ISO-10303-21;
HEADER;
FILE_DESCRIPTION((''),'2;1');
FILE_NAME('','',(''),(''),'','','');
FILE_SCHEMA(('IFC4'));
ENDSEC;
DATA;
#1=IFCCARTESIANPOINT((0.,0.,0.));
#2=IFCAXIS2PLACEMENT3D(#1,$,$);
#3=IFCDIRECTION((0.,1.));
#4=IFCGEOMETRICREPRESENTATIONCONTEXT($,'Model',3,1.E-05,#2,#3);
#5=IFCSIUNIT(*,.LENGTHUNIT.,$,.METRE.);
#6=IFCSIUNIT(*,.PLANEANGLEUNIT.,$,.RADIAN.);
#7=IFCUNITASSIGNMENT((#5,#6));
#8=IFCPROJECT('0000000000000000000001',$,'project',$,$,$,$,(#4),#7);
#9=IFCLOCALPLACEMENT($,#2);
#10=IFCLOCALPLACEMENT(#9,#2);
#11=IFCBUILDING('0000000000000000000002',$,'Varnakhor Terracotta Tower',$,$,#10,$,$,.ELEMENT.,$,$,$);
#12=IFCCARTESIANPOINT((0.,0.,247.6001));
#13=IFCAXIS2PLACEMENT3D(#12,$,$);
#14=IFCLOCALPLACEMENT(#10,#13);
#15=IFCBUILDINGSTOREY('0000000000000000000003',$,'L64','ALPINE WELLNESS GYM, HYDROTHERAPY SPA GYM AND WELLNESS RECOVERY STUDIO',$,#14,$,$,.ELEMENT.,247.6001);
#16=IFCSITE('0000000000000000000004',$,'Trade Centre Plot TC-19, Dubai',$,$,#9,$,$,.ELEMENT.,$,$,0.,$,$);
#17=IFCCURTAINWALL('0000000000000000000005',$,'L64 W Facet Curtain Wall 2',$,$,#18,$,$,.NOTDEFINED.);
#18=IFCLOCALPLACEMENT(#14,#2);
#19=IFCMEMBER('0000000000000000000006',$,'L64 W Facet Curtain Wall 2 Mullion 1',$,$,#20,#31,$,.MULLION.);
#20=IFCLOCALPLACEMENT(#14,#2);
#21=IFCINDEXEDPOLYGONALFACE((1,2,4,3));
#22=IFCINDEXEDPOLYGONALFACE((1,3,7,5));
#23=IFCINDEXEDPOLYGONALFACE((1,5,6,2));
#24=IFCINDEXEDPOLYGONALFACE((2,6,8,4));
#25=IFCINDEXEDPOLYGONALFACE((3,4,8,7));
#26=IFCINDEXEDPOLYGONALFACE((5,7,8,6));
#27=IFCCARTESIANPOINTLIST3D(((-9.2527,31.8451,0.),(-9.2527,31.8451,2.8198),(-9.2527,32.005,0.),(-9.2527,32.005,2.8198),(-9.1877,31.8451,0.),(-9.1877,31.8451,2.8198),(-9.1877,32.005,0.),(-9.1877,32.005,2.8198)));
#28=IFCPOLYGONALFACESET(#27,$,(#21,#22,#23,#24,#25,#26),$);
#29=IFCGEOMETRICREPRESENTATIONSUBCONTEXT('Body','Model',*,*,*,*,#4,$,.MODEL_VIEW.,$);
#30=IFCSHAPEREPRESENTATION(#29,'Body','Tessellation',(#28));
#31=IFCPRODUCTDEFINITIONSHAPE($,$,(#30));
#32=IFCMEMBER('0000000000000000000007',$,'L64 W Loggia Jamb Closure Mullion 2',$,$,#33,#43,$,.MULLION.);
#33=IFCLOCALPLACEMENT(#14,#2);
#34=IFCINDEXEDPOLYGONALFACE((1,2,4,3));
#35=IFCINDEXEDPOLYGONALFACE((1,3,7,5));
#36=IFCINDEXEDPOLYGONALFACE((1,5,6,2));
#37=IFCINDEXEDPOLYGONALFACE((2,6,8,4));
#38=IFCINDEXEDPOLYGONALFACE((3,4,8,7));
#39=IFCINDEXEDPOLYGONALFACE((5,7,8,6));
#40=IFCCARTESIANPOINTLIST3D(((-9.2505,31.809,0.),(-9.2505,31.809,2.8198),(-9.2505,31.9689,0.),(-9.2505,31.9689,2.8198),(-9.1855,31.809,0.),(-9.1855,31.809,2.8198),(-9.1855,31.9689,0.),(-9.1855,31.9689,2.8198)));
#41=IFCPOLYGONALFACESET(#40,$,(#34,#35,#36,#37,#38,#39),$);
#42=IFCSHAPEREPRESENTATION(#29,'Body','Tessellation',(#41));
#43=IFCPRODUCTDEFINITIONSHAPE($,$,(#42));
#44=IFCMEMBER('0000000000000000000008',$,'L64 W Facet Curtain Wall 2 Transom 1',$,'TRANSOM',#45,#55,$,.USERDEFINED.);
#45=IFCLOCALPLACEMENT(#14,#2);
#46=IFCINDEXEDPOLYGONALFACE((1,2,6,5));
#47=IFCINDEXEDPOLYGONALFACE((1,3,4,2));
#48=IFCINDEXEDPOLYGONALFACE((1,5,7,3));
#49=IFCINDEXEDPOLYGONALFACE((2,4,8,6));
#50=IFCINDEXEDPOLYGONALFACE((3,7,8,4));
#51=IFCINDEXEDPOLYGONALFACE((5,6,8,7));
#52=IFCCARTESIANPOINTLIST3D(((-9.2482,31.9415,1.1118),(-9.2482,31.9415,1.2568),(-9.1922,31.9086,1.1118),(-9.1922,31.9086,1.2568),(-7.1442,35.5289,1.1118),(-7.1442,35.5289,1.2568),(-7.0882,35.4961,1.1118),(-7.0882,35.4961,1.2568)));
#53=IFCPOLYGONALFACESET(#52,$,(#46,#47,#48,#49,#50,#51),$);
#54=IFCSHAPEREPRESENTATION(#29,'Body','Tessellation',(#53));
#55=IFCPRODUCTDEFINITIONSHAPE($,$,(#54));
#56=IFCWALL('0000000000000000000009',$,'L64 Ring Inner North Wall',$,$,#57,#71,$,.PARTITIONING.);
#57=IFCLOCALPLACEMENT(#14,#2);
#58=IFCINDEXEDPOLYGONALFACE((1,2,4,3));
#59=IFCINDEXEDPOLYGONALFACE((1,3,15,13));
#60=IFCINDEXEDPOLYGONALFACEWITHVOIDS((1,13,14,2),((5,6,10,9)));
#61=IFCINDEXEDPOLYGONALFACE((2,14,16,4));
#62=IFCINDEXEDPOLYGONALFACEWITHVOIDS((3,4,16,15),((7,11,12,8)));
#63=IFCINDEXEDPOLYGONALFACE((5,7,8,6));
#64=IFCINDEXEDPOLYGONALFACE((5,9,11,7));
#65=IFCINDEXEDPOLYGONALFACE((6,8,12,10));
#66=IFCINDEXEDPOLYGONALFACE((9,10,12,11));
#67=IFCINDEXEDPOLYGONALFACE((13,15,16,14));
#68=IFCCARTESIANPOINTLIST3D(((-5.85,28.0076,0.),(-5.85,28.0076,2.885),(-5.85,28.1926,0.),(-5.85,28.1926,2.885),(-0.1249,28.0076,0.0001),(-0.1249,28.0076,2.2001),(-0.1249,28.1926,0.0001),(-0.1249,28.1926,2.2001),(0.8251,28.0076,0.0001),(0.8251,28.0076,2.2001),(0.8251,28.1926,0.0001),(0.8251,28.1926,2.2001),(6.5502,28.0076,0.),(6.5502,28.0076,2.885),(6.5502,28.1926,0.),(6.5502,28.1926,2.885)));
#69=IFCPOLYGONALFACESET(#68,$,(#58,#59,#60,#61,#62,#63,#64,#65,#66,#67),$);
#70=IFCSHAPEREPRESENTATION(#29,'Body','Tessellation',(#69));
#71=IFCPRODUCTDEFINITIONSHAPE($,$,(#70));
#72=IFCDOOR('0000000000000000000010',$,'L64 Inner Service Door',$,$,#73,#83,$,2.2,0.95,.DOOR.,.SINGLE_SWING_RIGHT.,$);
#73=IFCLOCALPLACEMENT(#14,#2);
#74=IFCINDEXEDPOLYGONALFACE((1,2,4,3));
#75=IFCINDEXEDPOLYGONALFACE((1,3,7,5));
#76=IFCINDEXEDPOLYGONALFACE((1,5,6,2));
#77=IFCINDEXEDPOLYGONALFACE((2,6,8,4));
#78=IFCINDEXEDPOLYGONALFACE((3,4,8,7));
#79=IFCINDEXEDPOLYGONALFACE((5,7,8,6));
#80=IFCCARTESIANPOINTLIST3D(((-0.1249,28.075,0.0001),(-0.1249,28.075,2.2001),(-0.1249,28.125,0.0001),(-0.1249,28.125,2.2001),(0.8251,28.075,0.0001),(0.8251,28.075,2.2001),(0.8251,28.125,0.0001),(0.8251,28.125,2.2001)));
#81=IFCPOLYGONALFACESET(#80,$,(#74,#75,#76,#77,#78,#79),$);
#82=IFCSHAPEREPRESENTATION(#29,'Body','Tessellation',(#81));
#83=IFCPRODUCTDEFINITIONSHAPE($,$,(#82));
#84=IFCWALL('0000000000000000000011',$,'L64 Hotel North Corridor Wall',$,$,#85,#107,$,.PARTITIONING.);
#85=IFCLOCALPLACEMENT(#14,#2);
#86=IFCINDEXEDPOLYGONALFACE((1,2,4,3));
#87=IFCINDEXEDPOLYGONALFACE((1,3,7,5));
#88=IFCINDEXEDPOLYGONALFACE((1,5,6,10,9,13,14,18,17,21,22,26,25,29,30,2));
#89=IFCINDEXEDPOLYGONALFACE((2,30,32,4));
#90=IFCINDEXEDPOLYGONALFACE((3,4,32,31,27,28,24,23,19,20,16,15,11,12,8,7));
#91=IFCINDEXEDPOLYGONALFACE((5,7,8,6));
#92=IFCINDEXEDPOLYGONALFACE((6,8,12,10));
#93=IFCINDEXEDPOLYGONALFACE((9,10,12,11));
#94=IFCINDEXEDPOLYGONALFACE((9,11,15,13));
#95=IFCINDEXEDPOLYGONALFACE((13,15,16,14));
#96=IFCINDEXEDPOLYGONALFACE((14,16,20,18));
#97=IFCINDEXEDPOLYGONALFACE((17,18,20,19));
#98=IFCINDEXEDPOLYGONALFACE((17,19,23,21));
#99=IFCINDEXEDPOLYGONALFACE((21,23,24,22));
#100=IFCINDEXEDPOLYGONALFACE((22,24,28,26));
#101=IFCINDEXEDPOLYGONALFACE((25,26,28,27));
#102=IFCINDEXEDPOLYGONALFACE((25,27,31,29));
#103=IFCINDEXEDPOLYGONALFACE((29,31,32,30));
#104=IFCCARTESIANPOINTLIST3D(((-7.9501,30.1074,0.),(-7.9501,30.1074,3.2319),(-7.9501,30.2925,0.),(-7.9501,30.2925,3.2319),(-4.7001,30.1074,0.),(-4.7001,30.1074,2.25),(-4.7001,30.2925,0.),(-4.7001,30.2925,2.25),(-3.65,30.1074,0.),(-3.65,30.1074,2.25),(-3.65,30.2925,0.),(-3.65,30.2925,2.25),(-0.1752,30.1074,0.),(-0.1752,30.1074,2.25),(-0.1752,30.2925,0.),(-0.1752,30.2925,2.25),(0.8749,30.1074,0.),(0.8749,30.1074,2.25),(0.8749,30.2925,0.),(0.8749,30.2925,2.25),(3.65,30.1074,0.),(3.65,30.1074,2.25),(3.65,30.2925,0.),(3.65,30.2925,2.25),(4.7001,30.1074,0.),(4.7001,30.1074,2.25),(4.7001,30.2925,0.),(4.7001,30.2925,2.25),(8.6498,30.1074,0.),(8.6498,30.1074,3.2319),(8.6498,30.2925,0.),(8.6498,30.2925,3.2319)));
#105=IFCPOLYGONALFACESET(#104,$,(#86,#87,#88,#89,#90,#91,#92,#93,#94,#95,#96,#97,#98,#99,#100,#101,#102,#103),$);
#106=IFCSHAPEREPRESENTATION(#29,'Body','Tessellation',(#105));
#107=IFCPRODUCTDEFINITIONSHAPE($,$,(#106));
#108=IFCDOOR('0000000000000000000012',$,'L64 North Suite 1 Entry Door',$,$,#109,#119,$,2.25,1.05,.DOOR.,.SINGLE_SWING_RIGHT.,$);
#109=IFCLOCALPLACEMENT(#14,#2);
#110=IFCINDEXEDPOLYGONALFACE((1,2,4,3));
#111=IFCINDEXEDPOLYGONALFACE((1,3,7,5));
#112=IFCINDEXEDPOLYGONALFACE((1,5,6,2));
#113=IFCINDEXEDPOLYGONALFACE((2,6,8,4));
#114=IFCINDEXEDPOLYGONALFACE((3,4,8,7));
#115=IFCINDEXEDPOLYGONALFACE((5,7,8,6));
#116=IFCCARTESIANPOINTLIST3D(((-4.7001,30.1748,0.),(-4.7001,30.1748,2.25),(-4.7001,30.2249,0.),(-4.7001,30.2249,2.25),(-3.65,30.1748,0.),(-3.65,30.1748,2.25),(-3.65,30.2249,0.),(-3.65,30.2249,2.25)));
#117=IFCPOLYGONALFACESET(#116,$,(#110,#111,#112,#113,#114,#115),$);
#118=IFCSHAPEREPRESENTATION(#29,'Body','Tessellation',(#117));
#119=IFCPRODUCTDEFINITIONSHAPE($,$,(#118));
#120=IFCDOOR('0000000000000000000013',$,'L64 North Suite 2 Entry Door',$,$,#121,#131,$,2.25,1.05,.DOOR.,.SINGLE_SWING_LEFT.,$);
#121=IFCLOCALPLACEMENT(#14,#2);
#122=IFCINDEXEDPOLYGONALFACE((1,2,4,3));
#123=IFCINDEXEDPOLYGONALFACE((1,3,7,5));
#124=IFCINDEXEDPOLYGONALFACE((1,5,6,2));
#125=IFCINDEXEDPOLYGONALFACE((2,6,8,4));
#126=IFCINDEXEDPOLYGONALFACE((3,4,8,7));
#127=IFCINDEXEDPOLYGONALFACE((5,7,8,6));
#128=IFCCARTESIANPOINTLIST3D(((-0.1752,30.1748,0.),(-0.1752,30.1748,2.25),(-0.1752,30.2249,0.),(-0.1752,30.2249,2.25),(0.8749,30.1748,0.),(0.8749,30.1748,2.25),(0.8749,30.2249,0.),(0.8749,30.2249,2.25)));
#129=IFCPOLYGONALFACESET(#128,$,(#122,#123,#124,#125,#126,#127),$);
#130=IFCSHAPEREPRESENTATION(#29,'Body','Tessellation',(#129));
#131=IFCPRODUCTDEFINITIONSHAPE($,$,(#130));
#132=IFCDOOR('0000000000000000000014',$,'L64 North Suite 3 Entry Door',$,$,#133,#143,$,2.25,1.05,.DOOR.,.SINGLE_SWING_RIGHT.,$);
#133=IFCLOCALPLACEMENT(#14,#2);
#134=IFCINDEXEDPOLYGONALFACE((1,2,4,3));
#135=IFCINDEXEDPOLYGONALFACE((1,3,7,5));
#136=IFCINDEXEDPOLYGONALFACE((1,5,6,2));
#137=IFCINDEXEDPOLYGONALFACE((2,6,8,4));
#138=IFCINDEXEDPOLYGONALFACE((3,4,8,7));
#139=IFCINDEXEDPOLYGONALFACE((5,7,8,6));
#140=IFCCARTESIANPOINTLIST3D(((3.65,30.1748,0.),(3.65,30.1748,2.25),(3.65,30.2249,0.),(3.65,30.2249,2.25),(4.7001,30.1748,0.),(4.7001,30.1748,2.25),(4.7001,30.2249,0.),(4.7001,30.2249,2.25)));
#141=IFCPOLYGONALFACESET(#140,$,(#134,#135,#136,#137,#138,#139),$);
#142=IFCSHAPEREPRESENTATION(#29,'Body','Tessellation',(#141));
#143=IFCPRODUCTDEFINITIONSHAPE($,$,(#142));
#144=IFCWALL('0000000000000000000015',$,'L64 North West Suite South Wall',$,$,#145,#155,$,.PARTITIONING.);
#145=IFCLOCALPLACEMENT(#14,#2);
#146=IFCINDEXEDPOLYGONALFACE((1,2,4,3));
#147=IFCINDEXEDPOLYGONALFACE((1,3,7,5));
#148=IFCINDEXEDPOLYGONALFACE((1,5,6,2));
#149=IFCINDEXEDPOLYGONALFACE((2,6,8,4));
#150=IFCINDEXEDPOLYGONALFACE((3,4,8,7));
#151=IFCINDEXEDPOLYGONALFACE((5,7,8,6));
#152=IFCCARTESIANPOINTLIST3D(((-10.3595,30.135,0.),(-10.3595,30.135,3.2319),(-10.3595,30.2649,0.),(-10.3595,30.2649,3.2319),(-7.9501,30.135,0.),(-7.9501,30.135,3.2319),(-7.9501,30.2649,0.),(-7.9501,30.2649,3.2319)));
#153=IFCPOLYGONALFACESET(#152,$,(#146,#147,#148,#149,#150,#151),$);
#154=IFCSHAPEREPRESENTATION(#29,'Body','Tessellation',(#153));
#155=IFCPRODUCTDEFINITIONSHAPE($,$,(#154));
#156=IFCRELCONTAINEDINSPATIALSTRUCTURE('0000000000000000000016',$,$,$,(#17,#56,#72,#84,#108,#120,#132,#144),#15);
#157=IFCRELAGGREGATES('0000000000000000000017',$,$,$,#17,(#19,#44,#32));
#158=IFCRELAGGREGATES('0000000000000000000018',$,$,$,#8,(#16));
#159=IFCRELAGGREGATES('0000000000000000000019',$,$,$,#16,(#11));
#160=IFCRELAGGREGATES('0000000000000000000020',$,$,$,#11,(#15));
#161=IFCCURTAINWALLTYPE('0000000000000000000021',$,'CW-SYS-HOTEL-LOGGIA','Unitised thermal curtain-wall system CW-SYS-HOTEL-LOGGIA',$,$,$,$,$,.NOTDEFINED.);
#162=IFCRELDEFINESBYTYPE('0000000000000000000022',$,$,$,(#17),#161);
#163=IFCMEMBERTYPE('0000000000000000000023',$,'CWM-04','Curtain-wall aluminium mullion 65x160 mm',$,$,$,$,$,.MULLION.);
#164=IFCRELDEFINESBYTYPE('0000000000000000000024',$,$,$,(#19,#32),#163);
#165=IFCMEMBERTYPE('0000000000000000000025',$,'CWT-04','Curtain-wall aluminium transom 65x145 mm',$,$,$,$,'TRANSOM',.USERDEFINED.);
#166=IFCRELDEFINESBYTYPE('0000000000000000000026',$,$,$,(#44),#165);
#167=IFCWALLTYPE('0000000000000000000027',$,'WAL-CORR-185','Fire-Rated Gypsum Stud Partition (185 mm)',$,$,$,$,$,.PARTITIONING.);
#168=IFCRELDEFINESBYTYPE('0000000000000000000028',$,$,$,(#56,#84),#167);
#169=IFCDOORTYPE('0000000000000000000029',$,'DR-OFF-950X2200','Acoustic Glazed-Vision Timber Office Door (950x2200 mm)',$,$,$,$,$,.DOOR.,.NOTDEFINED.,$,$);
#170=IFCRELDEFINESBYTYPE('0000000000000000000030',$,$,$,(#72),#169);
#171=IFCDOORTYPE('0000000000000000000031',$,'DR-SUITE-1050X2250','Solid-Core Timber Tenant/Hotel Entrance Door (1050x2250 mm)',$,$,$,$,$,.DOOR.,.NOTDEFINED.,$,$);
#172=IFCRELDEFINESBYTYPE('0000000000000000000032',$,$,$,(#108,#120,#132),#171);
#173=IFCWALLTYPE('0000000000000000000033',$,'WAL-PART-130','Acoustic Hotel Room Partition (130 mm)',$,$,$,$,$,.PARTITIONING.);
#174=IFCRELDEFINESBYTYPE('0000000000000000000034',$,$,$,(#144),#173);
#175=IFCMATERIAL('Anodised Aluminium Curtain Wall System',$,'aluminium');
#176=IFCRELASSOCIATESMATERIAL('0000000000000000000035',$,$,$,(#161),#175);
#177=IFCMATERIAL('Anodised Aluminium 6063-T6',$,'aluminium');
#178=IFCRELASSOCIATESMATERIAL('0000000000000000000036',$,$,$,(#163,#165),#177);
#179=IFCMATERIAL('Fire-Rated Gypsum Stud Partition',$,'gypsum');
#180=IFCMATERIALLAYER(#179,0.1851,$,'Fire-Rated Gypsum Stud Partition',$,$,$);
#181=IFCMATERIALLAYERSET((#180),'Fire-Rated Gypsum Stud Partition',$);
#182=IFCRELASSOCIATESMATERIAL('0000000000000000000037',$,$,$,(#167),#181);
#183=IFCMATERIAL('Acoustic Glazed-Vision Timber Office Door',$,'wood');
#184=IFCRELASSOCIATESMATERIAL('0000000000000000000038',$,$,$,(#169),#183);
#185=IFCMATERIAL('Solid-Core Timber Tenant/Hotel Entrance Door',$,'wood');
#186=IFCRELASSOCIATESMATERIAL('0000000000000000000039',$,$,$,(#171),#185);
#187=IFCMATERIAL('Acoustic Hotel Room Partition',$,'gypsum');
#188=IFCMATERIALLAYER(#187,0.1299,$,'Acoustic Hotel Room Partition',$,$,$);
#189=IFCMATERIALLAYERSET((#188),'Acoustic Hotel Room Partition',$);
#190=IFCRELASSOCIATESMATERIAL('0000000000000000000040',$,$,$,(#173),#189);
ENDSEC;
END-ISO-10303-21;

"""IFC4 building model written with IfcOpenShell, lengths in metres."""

from ifc_helpers import new_model, si_unit, direction, frame, frame_2d, origin, origin_2d, place, context, subcontext, project, spatial, rectangle, extrude, source, transform, mapped, material, layer, layer_set, material_profile, profile_set, type_object, type_shapes, element, fill, aggregate, save


model = new_model("IFC4")

# Units and contexts
model_context = context("Model", 3, precision=1e-05, world=origin(), true_north=direction((0.0, 1.0)))
body_context = subcontext(model_context, "Body", "Model", "MODEL_VIEW")
ifc_project = project(units=[si_unit("LENGTHUNIT", "METRE"), si_unit("PLANEANGLEUNIT", "RADIAN")], contexts=[model_context])

# Site, building, storey
site_placement = place(None, origin())
site = spatial("IfcSite", under=ifc_project, at=site_placement, Name="Trade Centre Plot TC-19, Dubai", CompositionType="ELEMENT", RefElevation=0.0)
building_placement = place(site_placement, origin())
building = spatial("IfcBuilding", under=site, at=building_placement, Name="Varnakhor Terracotta Tower", CompositionType="ELEMENT")
storey_placement = place(building_placement, frame((0.0, 0.0, 247.6001)))
storey = spatial("IfcBuildingStorey", under=building, at=storey_placement, Name="L64", Description="ALPINE WELLNESS GYM, HYDROTHERAPY SPA GYM AND WELLNESS RECOVERY STUDIO", CompositionType="ELEMENT", Elevation=247.6001)

# Curtain wall, members
ifc_material_1 = material(Name="Anodised Aluminium Curtain Wall System", Category="aluminium")
curtain_wall_type = type_object("IfcCurtainWallType", Name="CW-SYS-HOTEL-LOGGIA", Description="Unitised thermal curtain-wall system CW-SYS-HOTEL-LOGGIA", PredefinedType="NOTDEFINED", material=ifc_material_1)
curtain_wall_placement = place(storey_placement, origin())
curtain_wall = element("IfcCurtainWall", 1, at=curtain_wall_placement, inside=storey, type_object=curtain_wall_type, Name="L64 W Facet Curtain Wall 2", PredefinedType="NOTDEFINED")
ifc_material_2 = material(Name="Anodised Aluminium 6063-T6", Category="aluminium")
ifc_material_profile_1 = material_profile(ifc_material_2, rectangle(XDim=0.0649, YDim=0.1599, at=origin_2d()), Name="ALU MULLION 65x160")
ifc_profile_set_1 = profile_set([ifc_material_profile_1], Name="Anodised Aluminium 6063-T6")
member_type_1 = type_object("IfcMemberType", Name="CWM-04", Description="Curtain-wall aluminium mullion 65x160 mm", PredefinedType="MULLION", material=ifc_profile_set_1)
shared_shape_1 = source(origin(), body_context, "Body", "SweptSolid", [
    extrude(rectangle(XDim=0.0649, YDim=0.1599, at=origin_2d()), origin(), (0.0, 0.0, 1.0), 2.8198),
])
member_1_placement = place(storey_placement, frame((-9.2202, 31.925, 0.0), z_axis=(0.0, 0.0, 1.0), x_axis=(1.0, 0.0, 0.0)))
member_1 = element("IfcMember", 2, at=member_1_placement, type_object=member_type_1, Name="L64 W Facet Curtain Wall 2 Mullion 1", PredefinedType="MULLION", context=body_context, shape_type="MappedRepresentation", body=[
    mapped(shared_shape_1, transform((0.0, 0.0, 0.0), scale=1.0)),
])
member_2_placement = place(storey_placement, frame((-9.218, 31.8889, 0.0), z_axis=(0.0, 0.0, 1.0), x_axis=(1.0, 0.0, 0.0)))
member_2 = element("IfcMember", 3, at=member_2_placement, type_object=member_type_1, Name="L64 W Loggia Jamb Closure Mullion 2", PredefinedType="MULLION", context=body_context, shape_type="MappedRepresentation", body=[
    mapped(shared_shape_1, transform((0.0, 0.0, 0.0), scale=1.0)),
])
ifc_material_profile_2 = material_profile(ifc_material_2, rectangle(XDim=0.0649, YDim=0.145, at=origin_2d()), Name="ALU TRANSOM 65x145")
ifc_profile_set_2 = profile_set([ifc_material_profile_2], Name="Anodised Aluminium 6063-T6")
member_type_2 = type_object("IfcMemberType", Name="CWT-04", Description="Curtain-wall aluminium transom 65x145 mm", ElementType="TRANSOM", PredefinedType="USERDEFINED", material=ifc_profile_set_2)
shared_shape_2 = source(origin(), body_context, "Body", "SweptSolid", [
    extrude(rectangle(XDim=0.0649, YDim=0.145, at=origin_2d()), origin(), (0.0, 0.0, 1.0), 4.1589),
])
member_3_placement = place(storey_placement, frame((-9.2202, 31.925, 1.1843), z_axis=(0.505906, 0.862588, 0.0), x_axis=(-0.862588, 0.505906, 0.0)))
member_3 = element("IfcMember", 4, at=member_3_placement, type_object=member_type_2, Name="L64 W Facet Curtain Wall 2 Transom 1", ObjectType="TRANSOM", PredefinedType="USERDEFINED", context=body_context, shape_type="MappedRepresentation", body=[
    mapped(shared_shape_2, transform((0.0, 0.0, 0.0), scale=1.0)),
])
aggregate(curtain_wall, [member_1, member_3, member_2])

# Wall, opening, door
ifc_material_3 = material(Name="Fire-Rated Gypsum Stud Partition", Category="gypsum")
ifc_layer_1 = layer(ifc_material_3, 0.1851, Name="Fire-Rated Gypsum Stud Partition")
ifc_layer_set_1 = layer_set([ifc_layer_1], Name="Fire-Rated Gypsum Stud Partition")
wall_type_1 = type_object("IfcWallType", Name="WAL-CORR-185", Description="Fire-Rated Gypsum Stud Partition (185 mm)", PredefinedType="PARTITIONING", material=ifc_layer_set_1)
wall_1_placement = place(storey_placement, frame((-5.8501, 28.1001, 0.0), z_axis=(0.0, 0.0, 1.0), x_axis=(1.0, 0.0, 0.0)))
wall_1 = element("IfcWall", 5, at=wall_1_placement, inside=storey, type_object=wall_type_1, Name="L64 Ring Inner North Wall", PredefinedType="PARTITIONING", context=body_context, shape_type="SweptSolid", body=[
    extrude(rectangle(XDim=12.4001, YDim=0.1851, at=frame_2d((6.2002, 0.0))), origin(), (0.0, 0.0, 1.0), 2.885),
])
opening_1_placement = place(wall_1_placement, frame((5.7251, 0.0, 0.0)))
opening_1 = element("IfcOpeningElement", 6, at=opening_1_placement, cuts=wall_1, PredefinedType="OPENING", context=body_context, shape_type="SweptSolid", body=[
    extrude(rectangle(XDim=0.95, YDim=2.2, at=frame_2d((0.4751, 1.1001))), frame((0.0, 0.1025, 0.0), z_axis=(0.0, -1.0, 0.0), x_axis=(1.0, 0.0, 0.0)), (0.0, 0.0, 1.0), 0.2051),
])
ifc_material_4 = material(Name="Acoustic Glazed-Vision Timber Office Door", Category="wood")
door_type_1 = type_object("IfcDoorType", Name="DR-OFF-950X2200", Description="Acoustic Glazed-Vision Timber Office Door (950x2200 mm)", OperationType="NOTDEFINED", PredefinedType="DOOR", material=ifc_material_4)
shared_shape_3 = source(origin(), body_context, "Body", "SweptSolid", [
    extrude(rectangle(XDim=0.95, YDim=2.2, at=frame_2d((0.4751, 1.1001))), frame((0.0, 0.0249, 0.0), z_axis=(0.0, -1.0, 0.0), x_axis=(1.0, 0.0, 0.0)), (0.0, 0.0, 1.0), 0.05),
])
type_shapes(door_type_1, [shared_shape_3])
door_1_placement = place(opening_1_placement, origin())
door_1 = element("IfcDoor", 7, at=door_1_placement, inside=storey, type_object=door_type_1, Name="L64 Inner Service Door", OperationType="SINGLE_SWING_RIGHT", OverallHeight=2.2, OverallWidth=0.95, PredefinedType="DOOR", context=body_context, shape_type="MappedRepresentation", body=[
    mapped(shared_shape_3, transform((0.0, 0.0, 0.0), scale=1.0)),
])
fill(opening_1, door_1)

# Wall, openings, doors
wall_2_placement = place(storey_placement, frame((-7.95, 30.2, 0.0), z_axis=(0.0, 0.0, 1.0), x_axis=(1.0, 0.0, 0.0)))
wall_2 = element("IfcWall", 8, at=wall_2_placement, inside=storey, type_object=wall_type_1, Name="L64 Hotel North Corridor Wall", PredefinedType="PARTITIONING", context=body_context, shape_type="SweptSolid", body=[
    extrude(rectangle(XDim=16.5999, YDim=0.1851, at=frame_2d((8.2998, 0.0))), origin(), (0.0, 0.0, 1.0), 3.2319),
])
opening_2_placement = place(wall_2_placement, frame((3.25, 0.0, 0.0)))
opening_2 = element("IfcOpeningElement", 9, at=opening_2_placement, cuts=wall_2, PredefinedType="OPENING", context=body_context, shape_type="SweptSolid", body=[
    extrude(rectangle(XDim=1.05, YDim=2.25, at=frame_2d((0.5249, 1.125))), frame((0.0, 0.1025, 0.0), z_axis=(0.0, -1.0, 0.0), x_axis=(1.0, 0.0, 0.0)), (0.0, 0.0, 1.0), 0.2051),
])
opening_3_placement = place(wall_2_placement, frame((7.7749, 0.0, 0.0)))
opening_3 = element("IfcOpeningElement", 10, at=opening_3_placement, cuts=wall_2, PredefinedType="OPENING", context=body_context, shape_type="SweptSolid", body=[
    extrude(rectangle(XDim=1.05, YDim=2.25, at=frame_2d((0.5249, 1.125))), frame((0.0, 0.1025, 0.0), z_axis=(0.0, -1.0, 0.0), x_axis=(1.0, 0.0, 0.0)), (0.0, 0.0, 1.0), 0.2051),
])
opening_4_placement = place(wall_2_placement, frame((11.6001, 0.0, 0.0)))
opening_4 = element("IfcOpeningElement", 11, at=opening_4_placement, cuts=wall_2, PredefinedType="OPENING", context=body_context, shape_type="SweptSolid", body=[
    extrude(rectangle(XDim=1.05, YDim=2.25, at=frame_2d((0.5249, 1.125))), frame((0.0, 0.1025, 0.0), z_axis=(0.0, -1.0, 0.0), x_axis=(1.0, 0.0, 0.0)), (0.0, 0.0, 1.0), 0.2051),
])
ifc_material_5 = material(Name="Solid-Core Timber Tenant/Hotel Entrance Door", Category="wood")
door_type_2 = type_object("IfcDoorType", Name="DR-SUITE-1050X2250", Description="Solid-Core Timber Tenant/Hotel Entrance Door (1050x2250 mm)", OperationType="NOTDEFINED", PredefinedType="DOOR", material=ifc_material_5)
shared_shape_4 = source(origin(), body_context, "Body", "SweptSolid", [
    extrude(rectangle(XDim=1.05, YDim=2.25, at=frame_2d((0.5249, 1.125))), frame((0.0, 0.0249, 0.0), z_axis=(0.0, -1.0, 0.0), x_axis=(1.0, 0.0, 0.0)), (0.0, 0.0, 1.0), 0.05),
])
type_shapes(door_type_2, [shared_shape_4])
door_2_placement = place(opening_2_placement, origin())
door_2 = element("IfcDoor", 12, at=door_2_placement, inside=storey, type_object=door_type_2, Name="L64 North Suite 1 Entry Door", OperationType="SINGLE_SWING_RIGHT", OverallHeight=2.25, OverallWidth=1.05, PredefinedType="DOOR", context=body_context, shape_type="MappedRepresentation", body=[
    mapped(shared_shape_4, transform((0.0, 0.0, 0.0), scale=1.0)),
])
fill(opening_2, door_2)
door_3_placement = place(opening_3_placement, origin())
door_3 = element("IfcDoor", 13, at=door_3_placement, inside=storey, type_object=door_type_2, Name="L64 North Suite 2 Entry Door", OperationType="SINGLE_SWING_LEFT", OverallHeight=2.25, OverallWidth=1.05, PredefinedType="DOOR", context=body_context, shape_type="MappedRepresentation", body=[
    mapped(shared_shape_4, transform((0.0, 0.0, 0.0), scale=1.0)),
])
fill(opening_3, door_3)
door_4_placement = place(opening_4_placement, origin())
door_4 = element("IfcDoor", 14, at=door_4_placement, inside=storey, type_object=door_type_2, Name="L64 North Suite 3 Entry Door", OperationType="SINGLE_SWING_RIGHT", OverallHeight=2.25, OverallWidth=1.05, PredefinedType="DOOR", context=body_context, shape_type="MappedRepresentation", body=[
    mapped(shared_shape_4, transform((0.0, 0.0, 0.0), scale=1.0)),
])
fill(opening_4, door_4)

# Wall
ifc_material_6 = material(Name="Acoustic Hotel Room Partition", Category="gypsum")
ifc_layer_2 = layer(ifc_material_6, 0.1299, Name="Acoustic Hotel Room Partition")
ifc_layer_set_2 = layer_set([ifc_layer_2], Name="Acoustic Hotel Room Partition")
wall_type_2 = type_object("IfcWallType", Name="WAL-PART-130", Description="Acoustic Hotel Room Partition (130 mm)", PredefinedType="PARTITIONING", material=ifc_layer_set_2)
wall_3_placement = place(storey_placement, frame((-10.3594, 30.2, 0.0), z_axis=(0.0, 0.0, 1.0), x_axis=(1.0, 0.0, 0.0)))
element("IfcWall", 15, at=wall_3_placement, inside=storey, type_object=wall_type_2, Name="L64 North West Suite South Wall", PredefinedType="PARTITIONING", context=body_context, shape_type="SweptSolid", body=[
    extrude(rectangle(XDim=2.4094, YDim=0.1299, at=frame_2d((1.2046, 0.0))), origin(), (0.0, 0.0, 1.0), 3.2319),
])

save(model, "model.ifc")
